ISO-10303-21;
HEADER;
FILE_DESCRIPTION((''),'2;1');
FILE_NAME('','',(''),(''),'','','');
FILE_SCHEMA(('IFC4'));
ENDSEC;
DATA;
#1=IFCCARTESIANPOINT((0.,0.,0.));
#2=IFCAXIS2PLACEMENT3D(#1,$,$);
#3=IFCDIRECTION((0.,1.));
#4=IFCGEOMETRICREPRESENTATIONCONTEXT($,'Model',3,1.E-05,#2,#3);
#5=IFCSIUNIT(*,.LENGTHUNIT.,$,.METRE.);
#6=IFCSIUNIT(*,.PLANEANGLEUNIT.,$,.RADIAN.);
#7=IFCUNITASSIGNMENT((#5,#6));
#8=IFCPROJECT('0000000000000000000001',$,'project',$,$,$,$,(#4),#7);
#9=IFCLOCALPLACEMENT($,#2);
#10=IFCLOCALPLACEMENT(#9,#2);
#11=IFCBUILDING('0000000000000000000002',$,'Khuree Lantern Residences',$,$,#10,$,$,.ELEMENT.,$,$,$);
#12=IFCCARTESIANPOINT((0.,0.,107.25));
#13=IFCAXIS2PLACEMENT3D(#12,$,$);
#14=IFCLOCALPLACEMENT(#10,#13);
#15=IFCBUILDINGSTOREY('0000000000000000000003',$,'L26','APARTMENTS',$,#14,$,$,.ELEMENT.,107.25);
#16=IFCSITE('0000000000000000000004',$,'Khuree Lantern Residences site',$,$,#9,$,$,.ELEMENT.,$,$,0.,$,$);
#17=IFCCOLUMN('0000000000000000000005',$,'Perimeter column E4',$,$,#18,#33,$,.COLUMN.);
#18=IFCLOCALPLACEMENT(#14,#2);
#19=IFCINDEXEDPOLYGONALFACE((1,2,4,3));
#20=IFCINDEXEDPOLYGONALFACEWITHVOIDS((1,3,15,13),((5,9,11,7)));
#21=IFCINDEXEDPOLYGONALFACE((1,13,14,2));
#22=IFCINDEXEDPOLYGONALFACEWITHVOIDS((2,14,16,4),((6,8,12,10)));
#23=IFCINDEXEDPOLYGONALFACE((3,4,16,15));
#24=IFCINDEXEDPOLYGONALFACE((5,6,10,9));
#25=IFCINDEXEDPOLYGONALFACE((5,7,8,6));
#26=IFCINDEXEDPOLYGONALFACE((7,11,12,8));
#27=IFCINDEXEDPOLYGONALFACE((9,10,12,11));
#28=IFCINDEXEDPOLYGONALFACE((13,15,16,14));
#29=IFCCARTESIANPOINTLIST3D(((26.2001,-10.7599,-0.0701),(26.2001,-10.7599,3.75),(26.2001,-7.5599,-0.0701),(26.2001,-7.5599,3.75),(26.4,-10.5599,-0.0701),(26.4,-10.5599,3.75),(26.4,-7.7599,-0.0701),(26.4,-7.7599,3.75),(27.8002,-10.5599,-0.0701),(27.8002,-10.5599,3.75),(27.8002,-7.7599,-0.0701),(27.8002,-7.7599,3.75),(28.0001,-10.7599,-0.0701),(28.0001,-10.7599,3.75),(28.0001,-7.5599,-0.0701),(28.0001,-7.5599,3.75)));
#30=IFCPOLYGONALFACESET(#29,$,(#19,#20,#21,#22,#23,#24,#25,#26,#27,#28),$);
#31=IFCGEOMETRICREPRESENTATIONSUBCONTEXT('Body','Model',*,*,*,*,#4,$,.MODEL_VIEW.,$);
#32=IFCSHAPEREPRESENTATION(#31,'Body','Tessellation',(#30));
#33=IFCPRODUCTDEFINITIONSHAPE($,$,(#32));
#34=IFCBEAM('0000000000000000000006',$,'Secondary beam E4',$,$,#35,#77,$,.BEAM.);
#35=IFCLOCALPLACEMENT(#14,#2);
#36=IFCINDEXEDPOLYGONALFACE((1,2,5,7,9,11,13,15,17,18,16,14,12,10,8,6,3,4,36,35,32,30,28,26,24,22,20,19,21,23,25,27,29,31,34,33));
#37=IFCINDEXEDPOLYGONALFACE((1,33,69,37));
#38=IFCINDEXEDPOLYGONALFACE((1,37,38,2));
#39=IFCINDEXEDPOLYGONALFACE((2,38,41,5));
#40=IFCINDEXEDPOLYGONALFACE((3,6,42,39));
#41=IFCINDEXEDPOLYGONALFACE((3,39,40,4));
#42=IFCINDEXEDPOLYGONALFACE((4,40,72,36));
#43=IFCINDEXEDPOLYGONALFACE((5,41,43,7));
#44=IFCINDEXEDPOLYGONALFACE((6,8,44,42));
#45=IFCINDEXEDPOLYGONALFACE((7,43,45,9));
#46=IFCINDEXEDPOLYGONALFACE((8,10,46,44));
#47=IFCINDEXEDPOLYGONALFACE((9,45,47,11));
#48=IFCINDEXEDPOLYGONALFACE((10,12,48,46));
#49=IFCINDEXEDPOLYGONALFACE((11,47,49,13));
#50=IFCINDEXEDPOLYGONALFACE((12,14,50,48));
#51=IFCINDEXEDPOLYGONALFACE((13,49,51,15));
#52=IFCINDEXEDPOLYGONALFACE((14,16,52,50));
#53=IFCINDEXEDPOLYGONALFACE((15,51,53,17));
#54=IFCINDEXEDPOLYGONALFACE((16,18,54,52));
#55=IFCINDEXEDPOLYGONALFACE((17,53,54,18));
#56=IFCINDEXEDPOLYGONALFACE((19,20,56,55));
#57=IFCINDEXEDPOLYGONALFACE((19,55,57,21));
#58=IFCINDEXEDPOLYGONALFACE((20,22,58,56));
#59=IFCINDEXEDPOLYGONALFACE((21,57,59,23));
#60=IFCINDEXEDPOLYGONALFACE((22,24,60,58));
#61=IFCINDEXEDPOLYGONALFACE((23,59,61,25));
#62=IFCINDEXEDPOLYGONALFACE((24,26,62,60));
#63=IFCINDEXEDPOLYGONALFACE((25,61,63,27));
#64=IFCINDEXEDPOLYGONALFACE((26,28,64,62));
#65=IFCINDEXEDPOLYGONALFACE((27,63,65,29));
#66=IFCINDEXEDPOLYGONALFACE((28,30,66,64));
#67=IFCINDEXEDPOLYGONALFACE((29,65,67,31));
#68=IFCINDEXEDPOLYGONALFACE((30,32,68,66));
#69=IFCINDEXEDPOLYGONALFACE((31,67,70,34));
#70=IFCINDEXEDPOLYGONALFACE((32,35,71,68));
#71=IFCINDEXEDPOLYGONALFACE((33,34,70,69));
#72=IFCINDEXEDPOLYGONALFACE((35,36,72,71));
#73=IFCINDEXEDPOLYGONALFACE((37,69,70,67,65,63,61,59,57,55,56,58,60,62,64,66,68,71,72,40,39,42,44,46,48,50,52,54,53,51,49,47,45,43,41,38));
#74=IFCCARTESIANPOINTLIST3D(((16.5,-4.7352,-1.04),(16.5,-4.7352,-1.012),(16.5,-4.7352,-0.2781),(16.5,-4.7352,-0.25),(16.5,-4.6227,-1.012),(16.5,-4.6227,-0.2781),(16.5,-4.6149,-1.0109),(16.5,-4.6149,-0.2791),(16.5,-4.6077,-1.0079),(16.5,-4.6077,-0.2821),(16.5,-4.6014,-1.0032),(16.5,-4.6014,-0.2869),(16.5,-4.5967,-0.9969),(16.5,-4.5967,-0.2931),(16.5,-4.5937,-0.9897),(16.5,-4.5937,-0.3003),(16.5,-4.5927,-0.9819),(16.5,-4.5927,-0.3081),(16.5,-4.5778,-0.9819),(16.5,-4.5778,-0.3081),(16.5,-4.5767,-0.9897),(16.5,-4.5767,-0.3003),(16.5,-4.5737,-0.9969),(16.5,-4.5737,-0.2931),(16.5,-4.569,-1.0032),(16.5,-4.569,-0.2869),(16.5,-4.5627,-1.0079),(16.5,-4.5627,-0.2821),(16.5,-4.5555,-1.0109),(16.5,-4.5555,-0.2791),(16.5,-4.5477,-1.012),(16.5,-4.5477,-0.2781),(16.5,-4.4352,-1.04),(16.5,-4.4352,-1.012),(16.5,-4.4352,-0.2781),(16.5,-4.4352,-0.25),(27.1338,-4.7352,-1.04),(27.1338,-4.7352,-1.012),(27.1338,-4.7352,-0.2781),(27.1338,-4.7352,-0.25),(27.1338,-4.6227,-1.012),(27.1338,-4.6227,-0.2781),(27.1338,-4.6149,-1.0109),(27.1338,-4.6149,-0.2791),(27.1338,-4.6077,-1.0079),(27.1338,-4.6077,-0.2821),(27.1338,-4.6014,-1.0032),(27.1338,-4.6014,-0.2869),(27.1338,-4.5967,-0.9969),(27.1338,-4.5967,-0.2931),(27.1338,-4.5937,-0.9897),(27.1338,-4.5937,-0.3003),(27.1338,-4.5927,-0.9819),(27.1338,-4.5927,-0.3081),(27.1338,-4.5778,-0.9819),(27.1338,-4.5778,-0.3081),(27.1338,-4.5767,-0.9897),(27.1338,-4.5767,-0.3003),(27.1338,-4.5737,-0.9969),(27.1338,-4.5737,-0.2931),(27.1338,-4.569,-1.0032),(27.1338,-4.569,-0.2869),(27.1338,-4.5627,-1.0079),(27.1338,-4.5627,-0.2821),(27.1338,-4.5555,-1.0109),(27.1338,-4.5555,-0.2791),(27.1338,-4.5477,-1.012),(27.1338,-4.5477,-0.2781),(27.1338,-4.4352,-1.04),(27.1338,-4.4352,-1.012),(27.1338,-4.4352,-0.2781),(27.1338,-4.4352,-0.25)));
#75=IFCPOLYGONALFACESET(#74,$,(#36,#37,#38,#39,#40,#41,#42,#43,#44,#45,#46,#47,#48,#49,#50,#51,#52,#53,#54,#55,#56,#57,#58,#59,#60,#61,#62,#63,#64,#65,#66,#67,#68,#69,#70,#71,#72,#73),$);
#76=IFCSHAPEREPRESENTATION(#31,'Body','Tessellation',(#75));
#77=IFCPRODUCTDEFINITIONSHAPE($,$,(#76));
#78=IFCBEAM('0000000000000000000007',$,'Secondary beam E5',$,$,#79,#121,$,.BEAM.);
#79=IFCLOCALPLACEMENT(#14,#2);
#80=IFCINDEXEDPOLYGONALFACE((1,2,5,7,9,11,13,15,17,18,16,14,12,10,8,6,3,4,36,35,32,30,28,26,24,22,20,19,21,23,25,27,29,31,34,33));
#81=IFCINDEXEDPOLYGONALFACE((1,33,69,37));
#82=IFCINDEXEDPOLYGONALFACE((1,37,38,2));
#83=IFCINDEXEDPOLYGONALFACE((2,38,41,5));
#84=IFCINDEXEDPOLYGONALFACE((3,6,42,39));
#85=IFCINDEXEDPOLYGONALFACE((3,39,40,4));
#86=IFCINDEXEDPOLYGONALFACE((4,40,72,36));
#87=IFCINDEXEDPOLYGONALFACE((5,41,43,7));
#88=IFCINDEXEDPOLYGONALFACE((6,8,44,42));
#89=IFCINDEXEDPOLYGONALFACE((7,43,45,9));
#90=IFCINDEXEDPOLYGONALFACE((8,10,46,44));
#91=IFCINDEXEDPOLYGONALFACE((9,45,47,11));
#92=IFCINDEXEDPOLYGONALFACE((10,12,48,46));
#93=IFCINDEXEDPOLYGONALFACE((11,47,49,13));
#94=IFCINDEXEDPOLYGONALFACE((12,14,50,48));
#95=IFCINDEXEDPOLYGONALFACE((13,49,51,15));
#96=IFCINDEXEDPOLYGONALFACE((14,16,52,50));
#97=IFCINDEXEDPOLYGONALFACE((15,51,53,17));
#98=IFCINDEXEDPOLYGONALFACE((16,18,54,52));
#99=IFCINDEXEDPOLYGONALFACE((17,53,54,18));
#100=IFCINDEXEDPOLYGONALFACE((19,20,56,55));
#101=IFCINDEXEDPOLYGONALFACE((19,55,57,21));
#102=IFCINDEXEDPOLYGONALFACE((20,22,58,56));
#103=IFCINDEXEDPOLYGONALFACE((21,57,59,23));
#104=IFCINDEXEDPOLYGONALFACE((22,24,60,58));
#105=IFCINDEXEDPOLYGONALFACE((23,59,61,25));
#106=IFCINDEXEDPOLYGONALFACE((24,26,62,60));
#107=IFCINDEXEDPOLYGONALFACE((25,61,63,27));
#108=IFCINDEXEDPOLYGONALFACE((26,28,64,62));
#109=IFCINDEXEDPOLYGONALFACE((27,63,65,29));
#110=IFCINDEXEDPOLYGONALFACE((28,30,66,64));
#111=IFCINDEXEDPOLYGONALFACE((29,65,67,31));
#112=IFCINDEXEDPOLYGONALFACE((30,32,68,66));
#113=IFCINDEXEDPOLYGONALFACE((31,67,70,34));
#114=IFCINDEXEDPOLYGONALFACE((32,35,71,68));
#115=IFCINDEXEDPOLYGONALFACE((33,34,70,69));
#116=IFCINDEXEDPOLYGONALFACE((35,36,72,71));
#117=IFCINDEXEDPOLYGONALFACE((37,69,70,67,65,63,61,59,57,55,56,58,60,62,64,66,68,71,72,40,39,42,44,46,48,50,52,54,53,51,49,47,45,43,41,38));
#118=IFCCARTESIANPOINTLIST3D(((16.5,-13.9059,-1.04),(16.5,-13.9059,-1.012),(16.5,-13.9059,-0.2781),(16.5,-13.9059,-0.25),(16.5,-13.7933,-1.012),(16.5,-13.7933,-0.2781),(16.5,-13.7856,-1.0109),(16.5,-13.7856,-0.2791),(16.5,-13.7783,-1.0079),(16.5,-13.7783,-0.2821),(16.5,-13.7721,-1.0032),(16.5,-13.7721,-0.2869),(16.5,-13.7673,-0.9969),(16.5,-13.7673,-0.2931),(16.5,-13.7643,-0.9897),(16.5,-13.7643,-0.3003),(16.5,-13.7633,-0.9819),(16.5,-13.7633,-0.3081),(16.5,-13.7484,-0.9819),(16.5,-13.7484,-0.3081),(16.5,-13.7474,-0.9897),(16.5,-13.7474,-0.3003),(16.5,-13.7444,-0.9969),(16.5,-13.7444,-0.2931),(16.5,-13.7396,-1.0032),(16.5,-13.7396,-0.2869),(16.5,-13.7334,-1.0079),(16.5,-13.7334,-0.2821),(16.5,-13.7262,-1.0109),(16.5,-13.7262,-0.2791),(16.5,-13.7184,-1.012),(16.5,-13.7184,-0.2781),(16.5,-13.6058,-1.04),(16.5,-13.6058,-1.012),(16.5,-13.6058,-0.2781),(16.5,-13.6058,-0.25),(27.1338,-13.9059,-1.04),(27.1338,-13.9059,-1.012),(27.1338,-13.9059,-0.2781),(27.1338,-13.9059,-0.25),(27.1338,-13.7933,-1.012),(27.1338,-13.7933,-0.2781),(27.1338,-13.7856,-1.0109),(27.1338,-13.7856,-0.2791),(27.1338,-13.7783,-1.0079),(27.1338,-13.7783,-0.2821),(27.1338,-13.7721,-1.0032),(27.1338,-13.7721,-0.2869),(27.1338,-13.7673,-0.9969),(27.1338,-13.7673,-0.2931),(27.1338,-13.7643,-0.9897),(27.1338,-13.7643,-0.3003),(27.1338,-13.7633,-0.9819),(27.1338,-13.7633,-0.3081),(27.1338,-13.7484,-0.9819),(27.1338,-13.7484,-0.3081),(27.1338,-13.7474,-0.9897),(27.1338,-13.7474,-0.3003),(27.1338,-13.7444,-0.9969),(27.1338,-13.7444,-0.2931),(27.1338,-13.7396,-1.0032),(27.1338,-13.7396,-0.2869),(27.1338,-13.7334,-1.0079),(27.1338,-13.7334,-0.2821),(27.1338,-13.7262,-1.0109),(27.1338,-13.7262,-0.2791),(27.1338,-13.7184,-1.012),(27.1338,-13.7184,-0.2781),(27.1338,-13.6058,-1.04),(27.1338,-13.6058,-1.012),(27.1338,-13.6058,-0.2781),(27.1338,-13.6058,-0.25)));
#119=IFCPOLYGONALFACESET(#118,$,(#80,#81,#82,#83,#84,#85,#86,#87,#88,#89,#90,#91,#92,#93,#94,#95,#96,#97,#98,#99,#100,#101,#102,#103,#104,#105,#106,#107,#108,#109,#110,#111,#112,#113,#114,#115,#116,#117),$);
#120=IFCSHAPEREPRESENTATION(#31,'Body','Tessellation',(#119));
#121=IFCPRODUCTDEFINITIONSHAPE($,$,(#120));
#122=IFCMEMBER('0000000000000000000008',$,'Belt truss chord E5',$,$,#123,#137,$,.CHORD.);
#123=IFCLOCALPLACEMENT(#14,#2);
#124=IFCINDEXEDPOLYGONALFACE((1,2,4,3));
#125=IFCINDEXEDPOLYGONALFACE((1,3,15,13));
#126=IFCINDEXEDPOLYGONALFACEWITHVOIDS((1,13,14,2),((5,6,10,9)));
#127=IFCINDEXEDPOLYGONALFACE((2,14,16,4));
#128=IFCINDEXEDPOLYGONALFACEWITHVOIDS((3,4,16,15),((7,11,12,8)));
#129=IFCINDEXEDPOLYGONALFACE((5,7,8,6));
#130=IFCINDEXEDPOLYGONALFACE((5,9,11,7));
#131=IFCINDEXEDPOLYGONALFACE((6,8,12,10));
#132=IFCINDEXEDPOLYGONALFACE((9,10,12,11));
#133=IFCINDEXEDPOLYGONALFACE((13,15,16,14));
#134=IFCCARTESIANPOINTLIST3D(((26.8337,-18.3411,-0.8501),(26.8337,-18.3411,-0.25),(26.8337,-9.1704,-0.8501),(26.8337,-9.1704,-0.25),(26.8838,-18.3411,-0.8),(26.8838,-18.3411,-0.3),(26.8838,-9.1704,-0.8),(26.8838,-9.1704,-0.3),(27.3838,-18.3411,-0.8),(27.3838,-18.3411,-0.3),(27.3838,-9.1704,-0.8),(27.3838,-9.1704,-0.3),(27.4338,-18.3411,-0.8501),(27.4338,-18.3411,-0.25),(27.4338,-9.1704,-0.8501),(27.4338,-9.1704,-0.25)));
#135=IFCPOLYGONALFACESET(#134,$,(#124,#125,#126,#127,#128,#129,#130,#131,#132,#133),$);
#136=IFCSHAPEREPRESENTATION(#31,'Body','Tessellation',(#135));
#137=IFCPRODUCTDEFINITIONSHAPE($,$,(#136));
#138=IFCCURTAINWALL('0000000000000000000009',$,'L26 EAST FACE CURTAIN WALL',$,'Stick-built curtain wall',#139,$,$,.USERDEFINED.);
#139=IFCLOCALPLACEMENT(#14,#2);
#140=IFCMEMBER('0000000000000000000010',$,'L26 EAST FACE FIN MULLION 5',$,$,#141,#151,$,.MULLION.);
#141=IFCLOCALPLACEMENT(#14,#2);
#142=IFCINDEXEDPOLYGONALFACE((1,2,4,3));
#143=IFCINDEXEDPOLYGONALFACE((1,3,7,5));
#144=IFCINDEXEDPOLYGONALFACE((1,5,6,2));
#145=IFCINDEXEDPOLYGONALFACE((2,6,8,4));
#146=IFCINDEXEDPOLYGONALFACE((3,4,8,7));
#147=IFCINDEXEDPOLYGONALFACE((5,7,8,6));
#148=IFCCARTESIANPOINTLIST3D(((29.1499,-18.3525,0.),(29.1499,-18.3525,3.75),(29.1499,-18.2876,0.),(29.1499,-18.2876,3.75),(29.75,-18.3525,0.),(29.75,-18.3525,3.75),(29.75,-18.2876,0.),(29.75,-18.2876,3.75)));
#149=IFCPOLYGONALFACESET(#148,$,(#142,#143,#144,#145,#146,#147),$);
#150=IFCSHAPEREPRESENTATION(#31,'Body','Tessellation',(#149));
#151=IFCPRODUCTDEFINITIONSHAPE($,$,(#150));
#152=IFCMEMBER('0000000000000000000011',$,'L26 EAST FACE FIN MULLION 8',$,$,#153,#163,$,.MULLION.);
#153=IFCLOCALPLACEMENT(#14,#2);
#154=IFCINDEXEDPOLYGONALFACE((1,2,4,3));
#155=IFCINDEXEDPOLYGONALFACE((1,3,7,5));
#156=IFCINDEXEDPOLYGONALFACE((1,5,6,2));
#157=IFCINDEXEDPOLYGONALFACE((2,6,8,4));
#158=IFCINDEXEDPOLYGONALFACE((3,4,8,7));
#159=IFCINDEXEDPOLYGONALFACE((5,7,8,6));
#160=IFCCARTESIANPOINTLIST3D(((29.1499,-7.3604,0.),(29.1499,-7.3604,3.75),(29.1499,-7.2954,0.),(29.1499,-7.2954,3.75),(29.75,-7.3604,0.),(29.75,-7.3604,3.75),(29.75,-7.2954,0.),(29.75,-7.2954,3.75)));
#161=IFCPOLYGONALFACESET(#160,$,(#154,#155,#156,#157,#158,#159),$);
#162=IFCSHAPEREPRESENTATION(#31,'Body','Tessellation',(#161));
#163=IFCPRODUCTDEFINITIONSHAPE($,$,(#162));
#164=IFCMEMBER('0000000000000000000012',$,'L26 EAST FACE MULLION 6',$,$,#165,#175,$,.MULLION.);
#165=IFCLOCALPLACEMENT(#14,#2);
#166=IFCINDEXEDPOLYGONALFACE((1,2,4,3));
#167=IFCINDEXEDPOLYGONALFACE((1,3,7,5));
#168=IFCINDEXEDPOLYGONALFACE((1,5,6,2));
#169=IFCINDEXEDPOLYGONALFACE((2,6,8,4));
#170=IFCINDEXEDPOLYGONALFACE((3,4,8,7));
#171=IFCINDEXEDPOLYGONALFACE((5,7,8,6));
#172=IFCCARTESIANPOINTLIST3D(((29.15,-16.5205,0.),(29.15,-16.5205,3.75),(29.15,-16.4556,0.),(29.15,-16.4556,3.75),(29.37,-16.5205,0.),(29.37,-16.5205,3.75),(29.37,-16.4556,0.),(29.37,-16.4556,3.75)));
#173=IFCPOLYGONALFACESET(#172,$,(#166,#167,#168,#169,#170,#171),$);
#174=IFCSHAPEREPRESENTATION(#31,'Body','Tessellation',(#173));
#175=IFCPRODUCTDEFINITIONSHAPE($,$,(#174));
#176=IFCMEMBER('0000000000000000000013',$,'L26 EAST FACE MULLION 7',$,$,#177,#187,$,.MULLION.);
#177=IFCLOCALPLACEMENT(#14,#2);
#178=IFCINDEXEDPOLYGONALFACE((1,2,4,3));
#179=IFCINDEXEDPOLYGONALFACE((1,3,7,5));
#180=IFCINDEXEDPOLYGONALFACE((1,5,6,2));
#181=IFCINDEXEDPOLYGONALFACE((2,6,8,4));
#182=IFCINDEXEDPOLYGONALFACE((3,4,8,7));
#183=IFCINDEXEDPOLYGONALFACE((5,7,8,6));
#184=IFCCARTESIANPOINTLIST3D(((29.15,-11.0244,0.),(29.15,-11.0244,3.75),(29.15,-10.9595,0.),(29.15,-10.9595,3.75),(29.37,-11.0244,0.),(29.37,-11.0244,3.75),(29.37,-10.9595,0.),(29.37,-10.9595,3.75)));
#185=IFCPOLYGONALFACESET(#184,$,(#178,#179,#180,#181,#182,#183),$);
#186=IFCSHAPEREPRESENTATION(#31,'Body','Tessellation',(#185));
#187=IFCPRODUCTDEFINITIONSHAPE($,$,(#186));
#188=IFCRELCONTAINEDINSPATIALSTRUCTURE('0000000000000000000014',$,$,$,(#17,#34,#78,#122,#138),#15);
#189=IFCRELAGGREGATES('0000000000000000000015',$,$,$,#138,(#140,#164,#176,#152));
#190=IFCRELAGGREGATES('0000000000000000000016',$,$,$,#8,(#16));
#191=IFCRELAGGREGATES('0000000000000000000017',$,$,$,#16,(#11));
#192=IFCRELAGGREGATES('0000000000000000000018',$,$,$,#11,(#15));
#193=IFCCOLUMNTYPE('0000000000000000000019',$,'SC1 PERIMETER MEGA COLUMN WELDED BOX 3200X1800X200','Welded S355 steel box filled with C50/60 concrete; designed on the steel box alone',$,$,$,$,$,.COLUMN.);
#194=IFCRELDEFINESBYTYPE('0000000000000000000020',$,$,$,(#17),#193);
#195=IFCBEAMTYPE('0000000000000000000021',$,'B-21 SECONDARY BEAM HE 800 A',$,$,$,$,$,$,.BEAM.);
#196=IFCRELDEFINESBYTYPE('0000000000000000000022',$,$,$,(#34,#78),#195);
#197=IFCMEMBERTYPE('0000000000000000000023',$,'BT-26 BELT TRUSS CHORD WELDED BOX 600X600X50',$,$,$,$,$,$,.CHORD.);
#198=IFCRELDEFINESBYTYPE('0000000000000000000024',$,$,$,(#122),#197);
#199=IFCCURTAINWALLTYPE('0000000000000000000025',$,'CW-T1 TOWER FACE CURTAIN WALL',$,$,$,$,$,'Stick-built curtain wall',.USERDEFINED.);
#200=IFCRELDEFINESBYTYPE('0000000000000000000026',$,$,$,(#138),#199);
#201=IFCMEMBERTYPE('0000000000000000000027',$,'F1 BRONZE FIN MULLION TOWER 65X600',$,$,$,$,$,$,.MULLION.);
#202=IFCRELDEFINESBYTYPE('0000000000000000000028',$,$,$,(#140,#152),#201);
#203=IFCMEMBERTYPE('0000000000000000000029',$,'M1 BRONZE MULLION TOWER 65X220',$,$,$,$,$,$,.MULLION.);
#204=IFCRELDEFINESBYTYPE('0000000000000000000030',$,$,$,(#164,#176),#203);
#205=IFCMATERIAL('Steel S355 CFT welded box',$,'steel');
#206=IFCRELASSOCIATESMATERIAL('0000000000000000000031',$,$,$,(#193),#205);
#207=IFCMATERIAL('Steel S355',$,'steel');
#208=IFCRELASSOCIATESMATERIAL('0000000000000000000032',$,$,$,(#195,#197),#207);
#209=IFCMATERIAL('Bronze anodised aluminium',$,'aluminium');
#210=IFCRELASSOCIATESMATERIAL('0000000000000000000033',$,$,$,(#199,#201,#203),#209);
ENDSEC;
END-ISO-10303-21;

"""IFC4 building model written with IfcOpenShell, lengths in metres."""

from ifc_helpers import new_model, si_unit, direction, frame, origin, origin_2d, place, context, subcontext, project, spatial, rectangle, hollow_rectangle, i_section, extrude, material, material_profile, profile_set, type_object, element, aggregate, save


model = new_model("IFC4")

# Units and contexts
model_context = context("Model", 3, precision=1e-05, world=origin(), true_north=direction((0.0, 1.0)))
body_context = subcontext(model_context, "Body", "Model", "MODEL_VIEW")
ifc_project = project(units=[si_unit("LENGTHUNIT", "METRE"), si_unit("PLANEANGLEUNIT", "RADIAN")], contexts=[model_context])

# Site, building, storey
site_placement = place(None, origin())
site = spatial("IfcSite", under=ifc_project, at=site_placement, Name="Khuree Lantern Residences site", CompositionType="ELEMENT", RefElevation=0.0)
building_placement = place(site_placement, origin())
building = spatial("IfcBuilding", under=site, at=building_placement, Name="Khuree Lantern Residences", CompositionType="ELEMENT")
storey_placement = place(building_placement, frame((0.0, 0.0, 107.25)))
storey = spatial("IfcBuildingStorey", under=building, at=storey_placement, Name="L26", Description="APARTMENTS", CompositionType="ELEMENT", Elevation=107.25)

# Column
ifc_material_1 = material(Name="Steel S355 CFT welded box", Category="steel")
ifc_material_profile_1 = material_profile(ifc_material_1, hollow_rectangle(XDim=3.2, YDim=1.8, WallThickness=0.2, at=origin_2d()), Name="WELDED BOX 3200X1800X200")
ifc_profile_set_1 = profile_set([ifc_material_profile_1], Name="Steel S355 CFT welded box")
column_type = type_object("IfcColumnType", Name="SC1 PERIMETER MEGA COLUMN WELDED BOX 3200X1800X200", Description="Welded S355 steel box filled with C50/60 concrete; designed on the steel box alone", PredefinedType="COLUMN", material=ifc_profile_set_1)
column_placement = place(storey_placement, frame((27.1001, -9.1599, -0.0701), z_axis=(0.0, 0.0, 1.0), x_axis=(0.0, 1.0, 0.0)))
element("IfcColumn", 1, at=column_placement, inside=storey, type_object=column_type, Name="Perimeter column E4", PredefinedType="COLUMN", context=body_context, shape_type="SweptSolid", body=[
    extrude(hollow_rectangle(XDim=3.2, YDim=1.8, WallThickness=0.2, at=origin_2d()), origin(), (0.0, 0.0, 1.0), 3.8201),
])

# Beams
ifc_material_2 = material(Name="Steel S355", Category="steel")
ifc_material_profile_2 = material_profile(ifc_material_2, i_section(OverallWidth=0.3, OverallDepth=0.79, WebThickness=0.0149, FlangeThickness=0.0281, FilletRadius=0.03, at=origin_2d()), Name="HE 800 A")
ifc_profile_set_2 = profile_set([ifc_material_profile_2], Name="Steel S355")
beam_type_1 = type_object("IfcBeamType", Name="B-21 SECONDARY BEAM HE 800 A", PredefinedType="BEAM", material=ifc_profile_set_2)
for number, where, z_axis, x_axis, name in (
    (2, (27.1338, -4.5852, -0.645), (-1.0, 0.0, 0.0), (0.0, -1.0, 0.0), "Secondary beam E4"),
    (3, (27.1338, -13.7559, -0.645), (-1.0, 0.0, 0.0), (0.0, -1.0, 0.0), "Secondary beam E5"),
):
    element("IfcBeam", number, at=place(storey_placement, frame(where, z_axis=z_axis, x_axis=x_axis)), inside=storey, type_object=beam_type_1, Name=name, PredefinedType="BEAM", context=body_context, shape_type="SweptSolid", body=[
        extrude(i_section(OverallWidth=0.3, OverallDepth=0.79, WebThickness=0.0149, FlangeThickness=0.0281, FilletRadius=0.03, at=origin_2d()), origin(), (0.0, 0.0, 1.0), 10.6338),
    ])

# Member
ifc_material_profile_3 = material_profile(ifc_material_2, hollow_rectangle(XDim=0.6001, YDim=0.6001, WallThickness=0.05, at=origin_2d()), Name="WELDED BOX 600X600X50")
ifc_profile_set_3 = profile_set([ifc_material_profile_3], Name="Steel S355")
member_type_1 = type_object("IfcMemberType", Name="BT-26 BELT TRUSS CHORD WELDED BOX 600X600X50", PredefinedType="CHORD", material=ifc_profile_set_3)
member_1_placement = place(storey_placement, frame((27.1338, -9.1704, -0.55), z_axis=(0.0, -1.0, 0.0), x_axis=(1.0, 0.0, 0.0)))
element("IfcMember", 4, at=member_1_placement, inside=storey, type_object=member_type_1, Name="Belt truss chord E5", PredefinedType="CHORD", context=body_context, shape_type="SweptSolid", body=[
    extrude(hollow_rectangle(XDim=0.6001, YDim=0.6001, WallThickness=0.05, at=origin_2d()), origin(), (0.0, 0.0, 1.0), 9.1707),
])

# Curtain wall, members
ifc_material_3 = material(Name="Bronze anodised aluminium", Category="aluminium")
curtain_wall_type = type_object("IfcCurtainWallType", Name="CW-T1 TOWER FACE CURTAIN WALL", ElementType="Stick-built curtain wall", PredefinedType="USERDEFINED", material=ifc_material_3)
curtain_wall_placement = place(storey_placement, origin())
curtain_wall = element("IfcCurtainWall", 5, at=curtain_wall_placement, inside=storey, type_object=curtain_wall_type, Name="L26 EAST FACE CURTAIN WALL", ObjectType="Stick-built curtain wall", PredefinedType="USERDEFINED")
ifc_material_profile_4 = material_profile(ifc_material_3, rectangle(XDim=0.0649, YDim=0.6001, at=origin_2d()), Name="F1 65X600")
ifc_profile_set_4 = profile_set([ifc_material_profile_4], Name="Bronze anodised aluminium")
member_type_2 = type_object("IfcMemberType", Name="F1 BRONZE FIN MULLION TOWER 65X600", PredefinedType="MULLION", material=ifc_profile_set_4)
member_2_placement = place(storey_placement, frame((29.45, -18.3201, 0.0), z_axis=(0.0, 0.0, 1.0), x_axis=(0.0, 1.0, 0.0)))
member_2 = element("IfcMember", 6, at=member_2_placement, type_object=member_type_2, Name="L26 EAST FACE FIN MULLION 5", PredefinedType="MULLION", context=body_context, shape_type="SweptSolid", body=[
    extrude(rectangle(XDim=0.0649, YDim=0.6001, at=origin_2d()), origin(), (0.0, 0.0, 1.0), 3.75),
])
member_3_placement = place(storey_placement, frame((29.45, -7.3279, 0.0), z_axis=(0.0, 0.0, 1.0), x_axis=(0.0, 1.0, 0.0)))
member_3 = element("IfcMember", 7, at=member_3_placement, type_object=member_type_2, Name="L26 EAST FACE FIN MULLION 8", PredefinedType="MULLION", context=body_context, shape_type="SweptSolid", body=[
    extrude(rectangle(XDim=0.0649, YDim=0.6001, at=origin_2d()), origin(), (0.0, 0.0, 1.0), 3.75),
])
ifc_material_profile_5 = material_profile(ifc_material_3, rectangle(XDim=0.0649, YDim=0.22, at=origin_2d()), Name="M1 65X220")
ifc_profile_set_5 = profile_set([ifc_material_profile_5], Name="Bronze anodised aluminium")
member_type_3 = type_object("IfcMemberType", Name="M1 BRONZE MULLION TOWER 65X220", PredefinedType="MULLION", material=ifc_profile_set_5)
member_4_placement = place(storey_placement, frame((29.26, -16.488, 0.0), z_axis=(0.0, 0.0, 1.0), x_axis=(0.0, 1.0, 0.0)))
member_4 = element("IfcMember", 8, at=member_4_placement, type_object=member_type_3, Name="L26 EAST FACE MULLION 6", PredefinedType="MULLION", context=body_context, shape_type="SweptSolid", body=[
    extrude(rectangle(XDim=0.0649, YDim=0.22, at=origin_2d()), origin(), (0.0, 0.0, 1.0), 3.75),
])
member_5_placement = place(storey_placement, frame((29.26, -10.9919, 0.0), z_axis=(0.0, 0.0, 1.0), x_axis=(0.0, 1.0, 0.0)))
member_5 = element("IfcMember", 9, at=member_5_placement, type_object=member_type_3, Name="L26 EAST FACE MULLION 7", PredefinedType="MULLION", context=body_context, shape_type="SweptSolid", body=[
    extrude(rectangle(XDim=0.0649, YDim=0.22, at=origin_2d()), origin(), (0.0, 0.0, 1.0), 3.75),
])

aggregate(curtain_wall, [member_2, member_4, member_5, member_3])

save(model, "model.ifc")
